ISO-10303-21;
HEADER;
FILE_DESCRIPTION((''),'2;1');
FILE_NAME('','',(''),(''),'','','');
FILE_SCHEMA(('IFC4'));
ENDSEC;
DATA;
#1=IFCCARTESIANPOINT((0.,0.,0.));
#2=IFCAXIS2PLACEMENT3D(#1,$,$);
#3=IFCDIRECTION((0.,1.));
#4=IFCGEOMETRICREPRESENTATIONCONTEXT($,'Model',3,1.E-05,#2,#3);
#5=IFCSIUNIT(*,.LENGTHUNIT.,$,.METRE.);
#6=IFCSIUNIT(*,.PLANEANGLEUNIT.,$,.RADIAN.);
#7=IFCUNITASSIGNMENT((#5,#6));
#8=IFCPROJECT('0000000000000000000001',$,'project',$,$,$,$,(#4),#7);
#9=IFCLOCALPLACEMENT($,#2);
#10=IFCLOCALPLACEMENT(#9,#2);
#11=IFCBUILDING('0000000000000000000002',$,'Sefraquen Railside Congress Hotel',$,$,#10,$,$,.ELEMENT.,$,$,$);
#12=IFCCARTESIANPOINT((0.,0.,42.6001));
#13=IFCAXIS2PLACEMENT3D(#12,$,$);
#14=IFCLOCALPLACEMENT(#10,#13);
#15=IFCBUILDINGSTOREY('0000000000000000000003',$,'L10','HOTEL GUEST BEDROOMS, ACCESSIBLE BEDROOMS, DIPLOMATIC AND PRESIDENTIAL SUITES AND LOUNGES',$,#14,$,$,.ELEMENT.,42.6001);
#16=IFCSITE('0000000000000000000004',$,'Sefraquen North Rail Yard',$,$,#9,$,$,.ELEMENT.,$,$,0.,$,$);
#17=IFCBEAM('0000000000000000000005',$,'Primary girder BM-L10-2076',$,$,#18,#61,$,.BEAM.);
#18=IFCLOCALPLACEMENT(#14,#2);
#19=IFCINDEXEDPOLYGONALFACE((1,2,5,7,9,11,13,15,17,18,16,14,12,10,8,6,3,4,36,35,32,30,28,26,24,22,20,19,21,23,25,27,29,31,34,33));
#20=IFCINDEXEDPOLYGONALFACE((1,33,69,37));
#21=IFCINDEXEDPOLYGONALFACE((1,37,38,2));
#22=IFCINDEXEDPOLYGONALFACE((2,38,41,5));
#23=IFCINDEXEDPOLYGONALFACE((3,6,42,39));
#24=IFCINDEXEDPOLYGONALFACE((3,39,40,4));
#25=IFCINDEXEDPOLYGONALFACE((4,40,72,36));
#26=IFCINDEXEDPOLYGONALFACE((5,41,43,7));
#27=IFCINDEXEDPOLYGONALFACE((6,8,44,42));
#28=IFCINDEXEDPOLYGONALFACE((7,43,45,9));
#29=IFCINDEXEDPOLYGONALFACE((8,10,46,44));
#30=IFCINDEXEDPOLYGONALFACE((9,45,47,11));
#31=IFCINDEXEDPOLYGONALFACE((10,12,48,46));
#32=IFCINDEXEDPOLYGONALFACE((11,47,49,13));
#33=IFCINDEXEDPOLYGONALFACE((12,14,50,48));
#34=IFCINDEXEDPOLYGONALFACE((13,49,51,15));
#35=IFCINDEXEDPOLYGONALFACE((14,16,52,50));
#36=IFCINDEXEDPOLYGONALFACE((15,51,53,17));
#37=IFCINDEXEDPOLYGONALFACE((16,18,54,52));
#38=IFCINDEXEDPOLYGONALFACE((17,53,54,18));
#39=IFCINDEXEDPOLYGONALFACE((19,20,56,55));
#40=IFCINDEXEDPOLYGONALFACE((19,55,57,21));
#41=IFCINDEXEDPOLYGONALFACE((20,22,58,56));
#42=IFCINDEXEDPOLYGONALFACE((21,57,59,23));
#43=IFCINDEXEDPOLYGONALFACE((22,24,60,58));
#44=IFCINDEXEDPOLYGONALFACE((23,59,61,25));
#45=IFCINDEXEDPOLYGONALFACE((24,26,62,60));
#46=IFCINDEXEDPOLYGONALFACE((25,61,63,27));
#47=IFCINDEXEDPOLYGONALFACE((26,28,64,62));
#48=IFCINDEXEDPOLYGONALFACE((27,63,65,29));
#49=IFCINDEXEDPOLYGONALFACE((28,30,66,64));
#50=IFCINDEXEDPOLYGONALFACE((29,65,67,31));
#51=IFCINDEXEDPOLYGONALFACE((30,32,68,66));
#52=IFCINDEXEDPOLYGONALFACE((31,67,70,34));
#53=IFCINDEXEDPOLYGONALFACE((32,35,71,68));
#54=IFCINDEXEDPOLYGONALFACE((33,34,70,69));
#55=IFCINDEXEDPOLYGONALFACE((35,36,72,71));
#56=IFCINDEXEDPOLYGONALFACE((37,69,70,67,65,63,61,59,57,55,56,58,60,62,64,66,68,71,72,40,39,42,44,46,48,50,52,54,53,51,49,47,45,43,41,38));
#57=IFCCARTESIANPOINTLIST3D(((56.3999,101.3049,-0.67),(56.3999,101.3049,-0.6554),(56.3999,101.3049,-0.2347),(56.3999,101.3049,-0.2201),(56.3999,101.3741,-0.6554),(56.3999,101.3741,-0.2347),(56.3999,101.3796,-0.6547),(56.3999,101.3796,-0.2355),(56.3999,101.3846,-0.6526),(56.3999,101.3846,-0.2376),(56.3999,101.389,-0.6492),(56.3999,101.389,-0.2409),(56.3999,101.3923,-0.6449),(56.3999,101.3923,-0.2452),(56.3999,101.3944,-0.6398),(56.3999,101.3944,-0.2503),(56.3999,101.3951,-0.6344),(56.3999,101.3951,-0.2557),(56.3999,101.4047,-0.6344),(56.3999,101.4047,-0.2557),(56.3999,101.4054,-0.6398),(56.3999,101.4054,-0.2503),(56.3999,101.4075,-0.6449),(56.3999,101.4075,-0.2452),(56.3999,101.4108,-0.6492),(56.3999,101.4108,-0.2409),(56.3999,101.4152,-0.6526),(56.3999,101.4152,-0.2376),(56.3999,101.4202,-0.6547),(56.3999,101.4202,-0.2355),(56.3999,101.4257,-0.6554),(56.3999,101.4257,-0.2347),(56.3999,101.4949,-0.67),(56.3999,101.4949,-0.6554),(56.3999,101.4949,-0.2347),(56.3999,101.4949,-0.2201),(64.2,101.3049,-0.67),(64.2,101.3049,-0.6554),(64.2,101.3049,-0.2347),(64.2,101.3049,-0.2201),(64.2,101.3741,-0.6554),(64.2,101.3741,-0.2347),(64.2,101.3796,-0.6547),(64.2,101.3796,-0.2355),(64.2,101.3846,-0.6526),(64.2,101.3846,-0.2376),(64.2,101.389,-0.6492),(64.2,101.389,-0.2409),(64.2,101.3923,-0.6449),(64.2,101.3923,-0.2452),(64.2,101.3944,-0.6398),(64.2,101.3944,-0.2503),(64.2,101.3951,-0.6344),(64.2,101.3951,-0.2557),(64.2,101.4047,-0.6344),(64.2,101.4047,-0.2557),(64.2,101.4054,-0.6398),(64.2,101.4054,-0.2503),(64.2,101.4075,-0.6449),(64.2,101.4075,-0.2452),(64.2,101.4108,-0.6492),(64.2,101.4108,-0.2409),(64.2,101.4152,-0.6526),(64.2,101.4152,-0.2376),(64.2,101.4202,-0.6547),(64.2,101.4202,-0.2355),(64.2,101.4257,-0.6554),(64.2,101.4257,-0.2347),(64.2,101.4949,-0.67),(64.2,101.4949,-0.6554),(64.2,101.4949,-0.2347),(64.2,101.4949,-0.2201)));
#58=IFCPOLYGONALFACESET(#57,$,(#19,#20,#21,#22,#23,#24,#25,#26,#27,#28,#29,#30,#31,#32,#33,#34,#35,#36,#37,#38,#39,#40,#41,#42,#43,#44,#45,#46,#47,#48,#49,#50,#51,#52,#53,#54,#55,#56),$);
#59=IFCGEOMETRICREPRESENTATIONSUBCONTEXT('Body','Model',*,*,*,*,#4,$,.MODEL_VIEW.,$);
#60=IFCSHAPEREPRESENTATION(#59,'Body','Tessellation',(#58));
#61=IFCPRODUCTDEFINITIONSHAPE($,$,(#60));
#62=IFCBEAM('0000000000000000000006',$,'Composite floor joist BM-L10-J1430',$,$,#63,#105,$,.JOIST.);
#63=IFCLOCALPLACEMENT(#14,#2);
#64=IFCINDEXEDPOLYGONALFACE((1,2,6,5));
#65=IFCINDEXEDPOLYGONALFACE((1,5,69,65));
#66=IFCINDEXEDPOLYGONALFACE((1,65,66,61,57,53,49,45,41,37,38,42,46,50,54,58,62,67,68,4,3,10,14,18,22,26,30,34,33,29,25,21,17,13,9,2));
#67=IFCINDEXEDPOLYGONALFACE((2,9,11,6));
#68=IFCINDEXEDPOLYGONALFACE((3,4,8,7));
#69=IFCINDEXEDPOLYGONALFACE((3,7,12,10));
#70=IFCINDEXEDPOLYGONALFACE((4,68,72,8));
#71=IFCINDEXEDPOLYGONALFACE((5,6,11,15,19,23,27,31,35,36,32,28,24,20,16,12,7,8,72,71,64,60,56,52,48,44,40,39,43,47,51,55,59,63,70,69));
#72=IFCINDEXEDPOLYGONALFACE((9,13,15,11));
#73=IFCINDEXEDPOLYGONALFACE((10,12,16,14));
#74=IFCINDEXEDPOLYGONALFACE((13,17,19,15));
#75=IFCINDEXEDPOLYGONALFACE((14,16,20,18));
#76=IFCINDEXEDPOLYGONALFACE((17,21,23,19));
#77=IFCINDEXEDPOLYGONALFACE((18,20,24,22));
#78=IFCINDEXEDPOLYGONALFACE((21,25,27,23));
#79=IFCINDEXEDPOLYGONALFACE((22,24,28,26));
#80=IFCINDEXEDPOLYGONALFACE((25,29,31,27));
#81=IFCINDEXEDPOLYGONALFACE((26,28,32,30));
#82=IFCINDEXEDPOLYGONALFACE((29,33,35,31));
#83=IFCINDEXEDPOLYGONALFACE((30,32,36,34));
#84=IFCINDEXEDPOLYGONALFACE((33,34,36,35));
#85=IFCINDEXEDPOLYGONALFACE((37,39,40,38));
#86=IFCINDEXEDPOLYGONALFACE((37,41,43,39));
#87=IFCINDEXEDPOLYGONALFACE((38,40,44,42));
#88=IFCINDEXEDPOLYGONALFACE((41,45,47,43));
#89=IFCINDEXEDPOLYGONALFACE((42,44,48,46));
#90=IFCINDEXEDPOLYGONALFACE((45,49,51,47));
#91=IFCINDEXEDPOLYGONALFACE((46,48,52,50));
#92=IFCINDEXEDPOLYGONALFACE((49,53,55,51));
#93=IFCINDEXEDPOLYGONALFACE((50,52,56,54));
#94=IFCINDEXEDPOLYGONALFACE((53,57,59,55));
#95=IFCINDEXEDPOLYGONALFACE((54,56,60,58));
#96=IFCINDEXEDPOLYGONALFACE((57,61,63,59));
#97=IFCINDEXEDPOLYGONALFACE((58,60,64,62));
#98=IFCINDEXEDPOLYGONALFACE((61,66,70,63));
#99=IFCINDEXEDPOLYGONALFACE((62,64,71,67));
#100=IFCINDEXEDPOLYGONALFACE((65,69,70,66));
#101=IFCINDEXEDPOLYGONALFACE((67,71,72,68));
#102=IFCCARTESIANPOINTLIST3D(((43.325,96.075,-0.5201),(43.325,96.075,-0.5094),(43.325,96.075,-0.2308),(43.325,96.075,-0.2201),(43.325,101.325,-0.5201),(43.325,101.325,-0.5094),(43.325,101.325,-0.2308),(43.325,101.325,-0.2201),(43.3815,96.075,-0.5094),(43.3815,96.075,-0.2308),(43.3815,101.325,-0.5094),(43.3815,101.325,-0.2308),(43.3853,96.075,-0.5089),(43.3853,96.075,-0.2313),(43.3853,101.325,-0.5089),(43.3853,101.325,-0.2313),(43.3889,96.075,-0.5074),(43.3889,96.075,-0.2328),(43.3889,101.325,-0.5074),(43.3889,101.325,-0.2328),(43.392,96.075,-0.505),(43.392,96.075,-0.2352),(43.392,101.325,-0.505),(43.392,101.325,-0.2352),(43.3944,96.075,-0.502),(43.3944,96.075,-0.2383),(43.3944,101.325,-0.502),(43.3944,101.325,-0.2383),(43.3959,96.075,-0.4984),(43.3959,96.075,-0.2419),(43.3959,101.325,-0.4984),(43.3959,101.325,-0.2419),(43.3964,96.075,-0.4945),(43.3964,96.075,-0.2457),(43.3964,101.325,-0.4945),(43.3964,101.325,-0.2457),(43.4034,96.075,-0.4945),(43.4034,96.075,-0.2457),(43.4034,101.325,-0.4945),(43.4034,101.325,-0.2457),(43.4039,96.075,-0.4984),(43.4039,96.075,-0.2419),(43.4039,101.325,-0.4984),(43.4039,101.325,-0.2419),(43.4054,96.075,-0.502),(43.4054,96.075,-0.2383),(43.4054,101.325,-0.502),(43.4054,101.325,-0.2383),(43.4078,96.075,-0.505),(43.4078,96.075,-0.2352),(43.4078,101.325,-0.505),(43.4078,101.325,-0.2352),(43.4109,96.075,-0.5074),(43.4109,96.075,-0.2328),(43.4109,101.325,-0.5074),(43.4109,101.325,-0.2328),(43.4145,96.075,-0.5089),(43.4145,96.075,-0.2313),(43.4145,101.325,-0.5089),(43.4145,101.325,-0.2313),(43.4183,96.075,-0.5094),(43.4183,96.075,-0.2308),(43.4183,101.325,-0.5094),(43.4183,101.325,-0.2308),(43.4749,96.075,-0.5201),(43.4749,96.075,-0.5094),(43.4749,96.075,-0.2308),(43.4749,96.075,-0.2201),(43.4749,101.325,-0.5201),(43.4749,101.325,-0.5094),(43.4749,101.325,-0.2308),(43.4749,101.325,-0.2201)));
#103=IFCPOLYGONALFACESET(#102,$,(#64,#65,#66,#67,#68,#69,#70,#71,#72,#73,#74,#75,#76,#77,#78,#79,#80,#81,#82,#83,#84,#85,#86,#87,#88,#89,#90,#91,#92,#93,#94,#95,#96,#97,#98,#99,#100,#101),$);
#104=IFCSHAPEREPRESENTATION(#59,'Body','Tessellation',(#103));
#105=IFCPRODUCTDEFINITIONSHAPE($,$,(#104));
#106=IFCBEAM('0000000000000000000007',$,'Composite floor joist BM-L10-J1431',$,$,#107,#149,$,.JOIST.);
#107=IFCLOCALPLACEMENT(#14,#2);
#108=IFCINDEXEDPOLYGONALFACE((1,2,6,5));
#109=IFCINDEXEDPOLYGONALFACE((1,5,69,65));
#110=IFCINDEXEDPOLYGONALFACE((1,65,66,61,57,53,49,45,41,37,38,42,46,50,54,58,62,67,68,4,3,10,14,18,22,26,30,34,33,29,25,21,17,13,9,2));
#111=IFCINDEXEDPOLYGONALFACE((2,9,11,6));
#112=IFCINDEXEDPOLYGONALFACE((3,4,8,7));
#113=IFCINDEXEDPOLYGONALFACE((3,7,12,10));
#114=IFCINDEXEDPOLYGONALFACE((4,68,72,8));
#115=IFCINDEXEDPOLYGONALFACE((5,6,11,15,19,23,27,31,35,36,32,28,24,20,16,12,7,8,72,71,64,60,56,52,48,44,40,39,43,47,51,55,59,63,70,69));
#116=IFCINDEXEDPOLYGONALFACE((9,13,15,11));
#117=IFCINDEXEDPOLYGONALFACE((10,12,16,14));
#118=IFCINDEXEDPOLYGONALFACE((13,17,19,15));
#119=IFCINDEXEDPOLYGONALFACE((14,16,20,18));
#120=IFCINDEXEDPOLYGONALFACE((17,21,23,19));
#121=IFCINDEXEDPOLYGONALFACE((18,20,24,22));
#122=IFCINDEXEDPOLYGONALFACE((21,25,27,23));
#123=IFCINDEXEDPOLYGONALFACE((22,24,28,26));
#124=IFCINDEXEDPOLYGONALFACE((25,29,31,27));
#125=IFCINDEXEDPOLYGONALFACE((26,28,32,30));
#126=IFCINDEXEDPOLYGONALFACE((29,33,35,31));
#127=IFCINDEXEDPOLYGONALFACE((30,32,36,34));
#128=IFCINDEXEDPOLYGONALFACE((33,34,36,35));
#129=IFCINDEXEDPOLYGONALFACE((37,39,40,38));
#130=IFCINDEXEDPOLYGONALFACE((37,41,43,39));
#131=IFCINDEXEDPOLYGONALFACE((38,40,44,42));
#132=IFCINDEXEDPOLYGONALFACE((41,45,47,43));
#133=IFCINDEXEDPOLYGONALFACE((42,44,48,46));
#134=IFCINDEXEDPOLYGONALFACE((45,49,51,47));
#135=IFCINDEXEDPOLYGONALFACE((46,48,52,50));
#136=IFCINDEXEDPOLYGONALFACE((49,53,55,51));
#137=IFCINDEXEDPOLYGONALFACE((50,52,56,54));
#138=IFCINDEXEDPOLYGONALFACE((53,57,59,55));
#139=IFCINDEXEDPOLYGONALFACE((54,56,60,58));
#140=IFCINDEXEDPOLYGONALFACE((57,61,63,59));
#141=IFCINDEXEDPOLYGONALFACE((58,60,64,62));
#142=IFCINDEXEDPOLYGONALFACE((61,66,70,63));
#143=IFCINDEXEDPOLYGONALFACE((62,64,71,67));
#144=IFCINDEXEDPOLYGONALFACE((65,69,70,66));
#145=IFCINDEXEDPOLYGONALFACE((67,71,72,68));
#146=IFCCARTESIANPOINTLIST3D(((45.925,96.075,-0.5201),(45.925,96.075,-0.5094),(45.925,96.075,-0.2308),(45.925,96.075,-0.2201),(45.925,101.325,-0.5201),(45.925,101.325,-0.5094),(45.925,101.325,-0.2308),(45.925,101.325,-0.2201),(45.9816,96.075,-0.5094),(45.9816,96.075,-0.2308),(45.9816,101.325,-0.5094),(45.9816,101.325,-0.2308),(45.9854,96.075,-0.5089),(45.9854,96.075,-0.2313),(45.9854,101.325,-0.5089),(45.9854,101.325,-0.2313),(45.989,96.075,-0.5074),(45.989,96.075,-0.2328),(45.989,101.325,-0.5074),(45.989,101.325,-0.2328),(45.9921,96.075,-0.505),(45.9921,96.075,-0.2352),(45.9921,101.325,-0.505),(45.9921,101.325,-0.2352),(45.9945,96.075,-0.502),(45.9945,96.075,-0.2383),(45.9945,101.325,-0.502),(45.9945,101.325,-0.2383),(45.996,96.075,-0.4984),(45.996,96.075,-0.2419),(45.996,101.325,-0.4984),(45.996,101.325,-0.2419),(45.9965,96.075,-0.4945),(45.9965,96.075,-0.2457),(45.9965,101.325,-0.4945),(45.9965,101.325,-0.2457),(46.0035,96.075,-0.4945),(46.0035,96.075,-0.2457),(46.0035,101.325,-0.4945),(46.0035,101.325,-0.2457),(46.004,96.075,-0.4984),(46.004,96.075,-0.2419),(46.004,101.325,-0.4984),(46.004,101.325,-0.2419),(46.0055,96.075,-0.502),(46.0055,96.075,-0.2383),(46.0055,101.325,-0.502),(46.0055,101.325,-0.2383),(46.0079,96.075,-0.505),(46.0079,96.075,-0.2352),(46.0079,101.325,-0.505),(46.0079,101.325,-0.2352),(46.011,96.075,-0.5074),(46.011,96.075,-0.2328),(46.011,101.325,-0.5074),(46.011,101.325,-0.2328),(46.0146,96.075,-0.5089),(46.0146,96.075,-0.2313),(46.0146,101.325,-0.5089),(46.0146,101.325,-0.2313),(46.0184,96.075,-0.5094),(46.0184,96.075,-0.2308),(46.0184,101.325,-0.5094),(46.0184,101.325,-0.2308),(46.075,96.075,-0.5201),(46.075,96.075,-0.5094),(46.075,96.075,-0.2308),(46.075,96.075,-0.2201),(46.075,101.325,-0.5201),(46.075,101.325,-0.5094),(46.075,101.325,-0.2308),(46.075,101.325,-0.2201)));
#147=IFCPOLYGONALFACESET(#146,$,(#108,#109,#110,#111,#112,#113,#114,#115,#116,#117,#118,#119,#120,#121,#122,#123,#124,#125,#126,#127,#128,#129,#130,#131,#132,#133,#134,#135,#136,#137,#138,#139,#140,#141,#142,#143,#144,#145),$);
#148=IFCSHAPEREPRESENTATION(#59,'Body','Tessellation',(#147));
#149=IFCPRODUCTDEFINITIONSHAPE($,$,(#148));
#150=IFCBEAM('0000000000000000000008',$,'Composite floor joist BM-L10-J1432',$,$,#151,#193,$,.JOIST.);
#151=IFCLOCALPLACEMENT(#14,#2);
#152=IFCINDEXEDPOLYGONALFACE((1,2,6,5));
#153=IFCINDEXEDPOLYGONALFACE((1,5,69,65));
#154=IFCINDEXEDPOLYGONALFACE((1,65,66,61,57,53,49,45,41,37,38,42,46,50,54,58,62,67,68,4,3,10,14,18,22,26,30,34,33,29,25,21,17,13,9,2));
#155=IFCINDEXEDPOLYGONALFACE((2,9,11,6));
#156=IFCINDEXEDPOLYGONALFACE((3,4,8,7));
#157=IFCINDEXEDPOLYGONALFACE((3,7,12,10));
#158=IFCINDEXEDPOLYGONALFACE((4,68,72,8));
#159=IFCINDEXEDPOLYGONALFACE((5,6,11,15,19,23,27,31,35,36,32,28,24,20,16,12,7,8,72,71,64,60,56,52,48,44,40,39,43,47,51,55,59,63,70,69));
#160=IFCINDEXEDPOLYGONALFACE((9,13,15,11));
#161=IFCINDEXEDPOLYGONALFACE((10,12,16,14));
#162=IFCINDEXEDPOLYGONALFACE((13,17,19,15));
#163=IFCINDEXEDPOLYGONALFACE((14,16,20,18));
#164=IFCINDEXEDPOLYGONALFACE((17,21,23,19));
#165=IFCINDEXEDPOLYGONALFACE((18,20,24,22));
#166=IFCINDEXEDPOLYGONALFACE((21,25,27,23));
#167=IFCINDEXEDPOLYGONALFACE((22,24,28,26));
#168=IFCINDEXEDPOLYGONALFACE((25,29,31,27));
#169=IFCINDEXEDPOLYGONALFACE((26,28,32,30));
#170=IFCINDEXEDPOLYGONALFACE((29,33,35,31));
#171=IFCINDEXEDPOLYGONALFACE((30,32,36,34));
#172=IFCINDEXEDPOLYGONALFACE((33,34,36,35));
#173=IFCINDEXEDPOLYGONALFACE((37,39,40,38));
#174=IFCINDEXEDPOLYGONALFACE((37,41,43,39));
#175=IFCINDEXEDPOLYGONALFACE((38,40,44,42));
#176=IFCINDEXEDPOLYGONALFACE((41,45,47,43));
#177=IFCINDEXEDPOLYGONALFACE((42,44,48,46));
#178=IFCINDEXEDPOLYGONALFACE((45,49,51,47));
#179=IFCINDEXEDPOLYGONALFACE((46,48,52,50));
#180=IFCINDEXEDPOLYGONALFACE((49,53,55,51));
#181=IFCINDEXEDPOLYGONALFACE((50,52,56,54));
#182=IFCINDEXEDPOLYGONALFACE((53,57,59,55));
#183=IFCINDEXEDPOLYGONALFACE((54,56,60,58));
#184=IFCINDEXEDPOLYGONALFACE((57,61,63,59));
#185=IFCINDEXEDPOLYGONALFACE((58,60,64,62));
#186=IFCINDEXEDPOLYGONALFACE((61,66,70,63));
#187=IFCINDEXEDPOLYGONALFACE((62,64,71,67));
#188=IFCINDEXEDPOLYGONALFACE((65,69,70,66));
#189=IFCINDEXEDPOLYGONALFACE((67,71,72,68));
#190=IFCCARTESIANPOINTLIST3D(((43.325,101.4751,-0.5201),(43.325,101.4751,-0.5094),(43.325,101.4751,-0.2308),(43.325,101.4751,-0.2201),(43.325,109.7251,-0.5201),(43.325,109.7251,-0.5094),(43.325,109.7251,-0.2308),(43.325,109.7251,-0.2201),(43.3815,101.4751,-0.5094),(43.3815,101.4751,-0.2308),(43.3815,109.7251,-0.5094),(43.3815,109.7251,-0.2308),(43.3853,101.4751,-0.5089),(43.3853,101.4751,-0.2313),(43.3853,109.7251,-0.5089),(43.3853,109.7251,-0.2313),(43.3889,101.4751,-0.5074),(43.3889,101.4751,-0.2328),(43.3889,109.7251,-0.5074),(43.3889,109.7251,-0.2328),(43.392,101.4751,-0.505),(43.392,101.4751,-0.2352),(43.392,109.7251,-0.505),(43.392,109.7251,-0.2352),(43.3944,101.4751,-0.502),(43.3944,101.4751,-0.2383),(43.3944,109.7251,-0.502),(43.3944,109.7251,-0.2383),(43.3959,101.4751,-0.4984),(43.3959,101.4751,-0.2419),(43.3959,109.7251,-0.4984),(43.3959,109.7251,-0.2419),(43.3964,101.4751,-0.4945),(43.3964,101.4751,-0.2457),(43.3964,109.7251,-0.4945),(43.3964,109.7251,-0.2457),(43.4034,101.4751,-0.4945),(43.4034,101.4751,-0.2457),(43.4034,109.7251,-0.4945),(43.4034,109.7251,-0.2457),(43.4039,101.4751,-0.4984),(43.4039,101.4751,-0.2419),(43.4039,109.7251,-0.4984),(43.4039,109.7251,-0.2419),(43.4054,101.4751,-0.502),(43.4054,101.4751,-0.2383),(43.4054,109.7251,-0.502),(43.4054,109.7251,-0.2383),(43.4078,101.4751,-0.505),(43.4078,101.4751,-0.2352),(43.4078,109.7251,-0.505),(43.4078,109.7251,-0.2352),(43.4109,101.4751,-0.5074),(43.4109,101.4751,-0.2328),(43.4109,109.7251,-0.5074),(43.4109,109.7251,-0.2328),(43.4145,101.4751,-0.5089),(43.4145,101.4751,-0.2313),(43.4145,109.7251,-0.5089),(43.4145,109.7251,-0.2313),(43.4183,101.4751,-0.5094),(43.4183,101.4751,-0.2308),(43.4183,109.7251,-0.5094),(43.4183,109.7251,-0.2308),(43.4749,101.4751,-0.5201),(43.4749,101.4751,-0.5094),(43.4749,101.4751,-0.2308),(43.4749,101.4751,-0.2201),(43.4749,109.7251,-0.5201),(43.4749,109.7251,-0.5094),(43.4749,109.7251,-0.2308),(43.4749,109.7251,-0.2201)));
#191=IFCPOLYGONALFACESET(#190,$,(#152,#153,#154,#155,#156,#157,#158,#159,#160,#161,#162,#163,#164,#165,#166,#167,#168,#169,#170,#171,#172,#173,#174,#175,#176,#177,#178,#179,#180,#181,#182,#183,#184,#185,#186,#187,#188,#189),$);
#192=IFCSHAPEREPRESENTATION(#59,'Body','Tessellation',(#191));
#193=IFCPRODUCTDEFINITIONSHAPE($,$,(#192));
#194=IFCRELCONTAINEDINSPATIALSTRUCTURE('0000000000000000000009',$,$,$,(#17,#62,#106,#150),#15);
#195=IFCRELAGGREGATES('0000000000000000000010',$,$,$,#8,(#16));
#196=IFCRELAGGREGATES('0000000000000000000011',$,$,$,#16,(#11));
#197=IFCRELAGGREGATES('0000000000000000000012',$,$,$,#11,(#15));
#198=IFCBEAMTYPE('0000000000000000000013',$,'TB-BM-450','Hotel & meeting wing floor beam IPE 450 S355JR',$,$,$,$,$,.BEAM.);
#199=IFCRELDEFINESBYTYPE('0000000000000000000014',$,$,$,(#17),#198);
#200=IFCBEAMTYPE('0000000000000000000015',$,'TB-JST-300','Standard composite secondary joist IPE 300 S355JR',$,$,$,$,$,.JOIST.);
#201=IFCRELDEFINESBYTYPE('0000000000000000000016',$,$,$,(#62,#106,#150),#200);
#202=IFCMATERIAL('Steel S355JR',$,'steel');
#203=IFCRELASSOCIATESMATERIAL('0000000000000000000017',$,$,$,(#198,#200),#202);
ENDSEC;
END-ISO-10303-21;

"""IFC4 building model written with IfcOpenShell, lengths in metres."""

from ifc_helpers import new_model, si_unit, direction, frame, origin, origin_2d, place, context, subcontext, project, spatial, i_section, extrude, material, material_profile, profile_set, type_object, element, save


model = new_model("IFC4")

# Units and contexts
model_context = context("Model", 3, precision=1e-05, world=origin(), true_north=direction((0.0, 1.0)))
body_context = subcontext(model_context, "Body", "Model", "MODEL_VIEW")
ifc_project = project(units=[si_unit("LENGTHUNIT", "METRE"), si_unit("PLANEANGLEUNIT", "RADIAN")], contexts=[model_context])

# Site, building, storey
site_placement = place(None, origin())
site = spatial("IfcSite", under=ifc_project, at=site_placement, Name="Sefraquen North Rail Yard", CompositionType="ELEMENT", RefElevation=0.0)
building_placement = place(site_placement, origin())
building = spatial("IfcBuilding", under=site, at=building_placement, Name="Sefraquen Railside Congress Hotel", CompositionType="ELEMENT")
storey_placement = place(building_placement, frame((0.0, 0.0, 42.6001)))
storey = spatial("IfcBuildingStorey", under=building, at=storey_placement, Name="L10", Description="HOTEL GUEST BEDROOMS, ACCESSIBLE BEDROOMS, DIPLOMATIC AND PRESIDENTIAL SUITES AND LOUNGES", CompositionType="ELEMENT", Elevation=42.6001)

# Shared definitions
ifc_material_1 = material(Name="Steel S355JR", Category="steel")

# Beams
ifc_material_profile_1 = material_profile(ifc_material_1, i_section(OverallWidth=0.1899, OverallDepth=0.45, WebThickness=0.0095, FlangeThickness=0.0146, FilletRadius=0.021, at=origin_2d()), Name="IPE 450")
ifc_profile_set_1 = profile_set([ifc_material_profile_1], Name="Steel S355JR")
beam_type_1 = type_object("IfcBeamType", Name="TB-BM-450", Description="Hotel & meeting wing floor beam IPE 450 S355JR", PredefinedType="BEAM", material=ifc_profile_set_1)
beam_1_placement = place(storey_placement, frame((56.3999, 101.3999, -0.4451), z_axis=(1.0, 0.0, 0.0), x_axis=(0.0, 1.0, 0.0)))
element("IfcBeam", 1, at=beam_1_placement, inside=storey, type_object=beam_type_1, Name="Primary girder BM-L10-2076", PredefinedType="BEAM", context=body_context, shape_type="SweptSolid", body=[
    extrude(i_section(OverallWidth=0.1899, OverallDepth=0.45, WebThickness=0.0095, FlangeThickness=0.0146, FilletRadius=0.021, at=origin_2d()), origin(), (0.0, 0.0, 1.0), 7.8),
])
ifc_material_profile_2 = material_profile(ifc_material_1, i_section(OverallWidth=0.1499, OverallDepth=0.3, WebThickness=0.0071, FlangeThickness=0.0107, FilletRadius=0.0149, at=origin_2d()), Name="IPE 300")
ifc_profile_set_2 = profile_set([ifc_material_profile_2], Name="Steel S355JR")
beam_type_2 = type_object("IfcBeamType", Name="TB-JST-300", Description="Standard composite secondary joist IPE 300 S355JR", PredefinedType="JOIST", material=ifc_profile_set_2)
for number, where, z_axis, x_axis, name in (
    (2, (43.3999, 96.075, -0.3701), (0.0, 1.0, 0.0), (-1.0, 0.0, 0.0), "Composite floor joist BM-L10-J1430"),
    (3, (46.0, 96.075, -0.3701), (0.0, 1.0, 0.0), (-1.0, 0.0, 0.0), "Composite floor joist BM-L10-J1431"),
):
    element("IfcBeam", number, at=place(storey_placement, frame(where, z_axis=z_axis, x_axis=x_axis)), inside=storey, type_object=beam_type_2, Name=name, PredefinedType="JOIST", context=body_context, shape_type="SweptSolid", body=[
        extrude(i_section(OverallWidth=0.1499, OverallDepth=0.3, WebThickness=0.0071, FlangeThickness=0.0107, FilletRadius=0.0149, at=origin_2d()), origin(), (0.0, 0.0, 1.0), 5.25),
    ])
for number, where, z_axis, x_axis, name in (
    (4, (43.3999, 101.4751, -0.3701), (0.0, 1.0, 0.0), (-1.0, 0.0, 0.0), "Composite floor joist BM-L10-J1432"),
):
    element("IfcBeam", number, at=place(storey_placement, frame(where, z_axis=z_axis, x_axis=x_axis)), inside=storey, type_object=beam_type_2, Name=name, PredefinedType="JOIST", context=body_context, shape_type="SweptSolid", body=[
        extrude(i_section(OverallWidth=0.1499, OverallDepth=0.3, WebThickness=0.0071, FlangeThickness=0.0107, FilletRadius=0.0149, at=origin_2d()), origin(), (0.0, 0.0, 1.0), 8.25),
    ])

save(model, "model.ifc")
